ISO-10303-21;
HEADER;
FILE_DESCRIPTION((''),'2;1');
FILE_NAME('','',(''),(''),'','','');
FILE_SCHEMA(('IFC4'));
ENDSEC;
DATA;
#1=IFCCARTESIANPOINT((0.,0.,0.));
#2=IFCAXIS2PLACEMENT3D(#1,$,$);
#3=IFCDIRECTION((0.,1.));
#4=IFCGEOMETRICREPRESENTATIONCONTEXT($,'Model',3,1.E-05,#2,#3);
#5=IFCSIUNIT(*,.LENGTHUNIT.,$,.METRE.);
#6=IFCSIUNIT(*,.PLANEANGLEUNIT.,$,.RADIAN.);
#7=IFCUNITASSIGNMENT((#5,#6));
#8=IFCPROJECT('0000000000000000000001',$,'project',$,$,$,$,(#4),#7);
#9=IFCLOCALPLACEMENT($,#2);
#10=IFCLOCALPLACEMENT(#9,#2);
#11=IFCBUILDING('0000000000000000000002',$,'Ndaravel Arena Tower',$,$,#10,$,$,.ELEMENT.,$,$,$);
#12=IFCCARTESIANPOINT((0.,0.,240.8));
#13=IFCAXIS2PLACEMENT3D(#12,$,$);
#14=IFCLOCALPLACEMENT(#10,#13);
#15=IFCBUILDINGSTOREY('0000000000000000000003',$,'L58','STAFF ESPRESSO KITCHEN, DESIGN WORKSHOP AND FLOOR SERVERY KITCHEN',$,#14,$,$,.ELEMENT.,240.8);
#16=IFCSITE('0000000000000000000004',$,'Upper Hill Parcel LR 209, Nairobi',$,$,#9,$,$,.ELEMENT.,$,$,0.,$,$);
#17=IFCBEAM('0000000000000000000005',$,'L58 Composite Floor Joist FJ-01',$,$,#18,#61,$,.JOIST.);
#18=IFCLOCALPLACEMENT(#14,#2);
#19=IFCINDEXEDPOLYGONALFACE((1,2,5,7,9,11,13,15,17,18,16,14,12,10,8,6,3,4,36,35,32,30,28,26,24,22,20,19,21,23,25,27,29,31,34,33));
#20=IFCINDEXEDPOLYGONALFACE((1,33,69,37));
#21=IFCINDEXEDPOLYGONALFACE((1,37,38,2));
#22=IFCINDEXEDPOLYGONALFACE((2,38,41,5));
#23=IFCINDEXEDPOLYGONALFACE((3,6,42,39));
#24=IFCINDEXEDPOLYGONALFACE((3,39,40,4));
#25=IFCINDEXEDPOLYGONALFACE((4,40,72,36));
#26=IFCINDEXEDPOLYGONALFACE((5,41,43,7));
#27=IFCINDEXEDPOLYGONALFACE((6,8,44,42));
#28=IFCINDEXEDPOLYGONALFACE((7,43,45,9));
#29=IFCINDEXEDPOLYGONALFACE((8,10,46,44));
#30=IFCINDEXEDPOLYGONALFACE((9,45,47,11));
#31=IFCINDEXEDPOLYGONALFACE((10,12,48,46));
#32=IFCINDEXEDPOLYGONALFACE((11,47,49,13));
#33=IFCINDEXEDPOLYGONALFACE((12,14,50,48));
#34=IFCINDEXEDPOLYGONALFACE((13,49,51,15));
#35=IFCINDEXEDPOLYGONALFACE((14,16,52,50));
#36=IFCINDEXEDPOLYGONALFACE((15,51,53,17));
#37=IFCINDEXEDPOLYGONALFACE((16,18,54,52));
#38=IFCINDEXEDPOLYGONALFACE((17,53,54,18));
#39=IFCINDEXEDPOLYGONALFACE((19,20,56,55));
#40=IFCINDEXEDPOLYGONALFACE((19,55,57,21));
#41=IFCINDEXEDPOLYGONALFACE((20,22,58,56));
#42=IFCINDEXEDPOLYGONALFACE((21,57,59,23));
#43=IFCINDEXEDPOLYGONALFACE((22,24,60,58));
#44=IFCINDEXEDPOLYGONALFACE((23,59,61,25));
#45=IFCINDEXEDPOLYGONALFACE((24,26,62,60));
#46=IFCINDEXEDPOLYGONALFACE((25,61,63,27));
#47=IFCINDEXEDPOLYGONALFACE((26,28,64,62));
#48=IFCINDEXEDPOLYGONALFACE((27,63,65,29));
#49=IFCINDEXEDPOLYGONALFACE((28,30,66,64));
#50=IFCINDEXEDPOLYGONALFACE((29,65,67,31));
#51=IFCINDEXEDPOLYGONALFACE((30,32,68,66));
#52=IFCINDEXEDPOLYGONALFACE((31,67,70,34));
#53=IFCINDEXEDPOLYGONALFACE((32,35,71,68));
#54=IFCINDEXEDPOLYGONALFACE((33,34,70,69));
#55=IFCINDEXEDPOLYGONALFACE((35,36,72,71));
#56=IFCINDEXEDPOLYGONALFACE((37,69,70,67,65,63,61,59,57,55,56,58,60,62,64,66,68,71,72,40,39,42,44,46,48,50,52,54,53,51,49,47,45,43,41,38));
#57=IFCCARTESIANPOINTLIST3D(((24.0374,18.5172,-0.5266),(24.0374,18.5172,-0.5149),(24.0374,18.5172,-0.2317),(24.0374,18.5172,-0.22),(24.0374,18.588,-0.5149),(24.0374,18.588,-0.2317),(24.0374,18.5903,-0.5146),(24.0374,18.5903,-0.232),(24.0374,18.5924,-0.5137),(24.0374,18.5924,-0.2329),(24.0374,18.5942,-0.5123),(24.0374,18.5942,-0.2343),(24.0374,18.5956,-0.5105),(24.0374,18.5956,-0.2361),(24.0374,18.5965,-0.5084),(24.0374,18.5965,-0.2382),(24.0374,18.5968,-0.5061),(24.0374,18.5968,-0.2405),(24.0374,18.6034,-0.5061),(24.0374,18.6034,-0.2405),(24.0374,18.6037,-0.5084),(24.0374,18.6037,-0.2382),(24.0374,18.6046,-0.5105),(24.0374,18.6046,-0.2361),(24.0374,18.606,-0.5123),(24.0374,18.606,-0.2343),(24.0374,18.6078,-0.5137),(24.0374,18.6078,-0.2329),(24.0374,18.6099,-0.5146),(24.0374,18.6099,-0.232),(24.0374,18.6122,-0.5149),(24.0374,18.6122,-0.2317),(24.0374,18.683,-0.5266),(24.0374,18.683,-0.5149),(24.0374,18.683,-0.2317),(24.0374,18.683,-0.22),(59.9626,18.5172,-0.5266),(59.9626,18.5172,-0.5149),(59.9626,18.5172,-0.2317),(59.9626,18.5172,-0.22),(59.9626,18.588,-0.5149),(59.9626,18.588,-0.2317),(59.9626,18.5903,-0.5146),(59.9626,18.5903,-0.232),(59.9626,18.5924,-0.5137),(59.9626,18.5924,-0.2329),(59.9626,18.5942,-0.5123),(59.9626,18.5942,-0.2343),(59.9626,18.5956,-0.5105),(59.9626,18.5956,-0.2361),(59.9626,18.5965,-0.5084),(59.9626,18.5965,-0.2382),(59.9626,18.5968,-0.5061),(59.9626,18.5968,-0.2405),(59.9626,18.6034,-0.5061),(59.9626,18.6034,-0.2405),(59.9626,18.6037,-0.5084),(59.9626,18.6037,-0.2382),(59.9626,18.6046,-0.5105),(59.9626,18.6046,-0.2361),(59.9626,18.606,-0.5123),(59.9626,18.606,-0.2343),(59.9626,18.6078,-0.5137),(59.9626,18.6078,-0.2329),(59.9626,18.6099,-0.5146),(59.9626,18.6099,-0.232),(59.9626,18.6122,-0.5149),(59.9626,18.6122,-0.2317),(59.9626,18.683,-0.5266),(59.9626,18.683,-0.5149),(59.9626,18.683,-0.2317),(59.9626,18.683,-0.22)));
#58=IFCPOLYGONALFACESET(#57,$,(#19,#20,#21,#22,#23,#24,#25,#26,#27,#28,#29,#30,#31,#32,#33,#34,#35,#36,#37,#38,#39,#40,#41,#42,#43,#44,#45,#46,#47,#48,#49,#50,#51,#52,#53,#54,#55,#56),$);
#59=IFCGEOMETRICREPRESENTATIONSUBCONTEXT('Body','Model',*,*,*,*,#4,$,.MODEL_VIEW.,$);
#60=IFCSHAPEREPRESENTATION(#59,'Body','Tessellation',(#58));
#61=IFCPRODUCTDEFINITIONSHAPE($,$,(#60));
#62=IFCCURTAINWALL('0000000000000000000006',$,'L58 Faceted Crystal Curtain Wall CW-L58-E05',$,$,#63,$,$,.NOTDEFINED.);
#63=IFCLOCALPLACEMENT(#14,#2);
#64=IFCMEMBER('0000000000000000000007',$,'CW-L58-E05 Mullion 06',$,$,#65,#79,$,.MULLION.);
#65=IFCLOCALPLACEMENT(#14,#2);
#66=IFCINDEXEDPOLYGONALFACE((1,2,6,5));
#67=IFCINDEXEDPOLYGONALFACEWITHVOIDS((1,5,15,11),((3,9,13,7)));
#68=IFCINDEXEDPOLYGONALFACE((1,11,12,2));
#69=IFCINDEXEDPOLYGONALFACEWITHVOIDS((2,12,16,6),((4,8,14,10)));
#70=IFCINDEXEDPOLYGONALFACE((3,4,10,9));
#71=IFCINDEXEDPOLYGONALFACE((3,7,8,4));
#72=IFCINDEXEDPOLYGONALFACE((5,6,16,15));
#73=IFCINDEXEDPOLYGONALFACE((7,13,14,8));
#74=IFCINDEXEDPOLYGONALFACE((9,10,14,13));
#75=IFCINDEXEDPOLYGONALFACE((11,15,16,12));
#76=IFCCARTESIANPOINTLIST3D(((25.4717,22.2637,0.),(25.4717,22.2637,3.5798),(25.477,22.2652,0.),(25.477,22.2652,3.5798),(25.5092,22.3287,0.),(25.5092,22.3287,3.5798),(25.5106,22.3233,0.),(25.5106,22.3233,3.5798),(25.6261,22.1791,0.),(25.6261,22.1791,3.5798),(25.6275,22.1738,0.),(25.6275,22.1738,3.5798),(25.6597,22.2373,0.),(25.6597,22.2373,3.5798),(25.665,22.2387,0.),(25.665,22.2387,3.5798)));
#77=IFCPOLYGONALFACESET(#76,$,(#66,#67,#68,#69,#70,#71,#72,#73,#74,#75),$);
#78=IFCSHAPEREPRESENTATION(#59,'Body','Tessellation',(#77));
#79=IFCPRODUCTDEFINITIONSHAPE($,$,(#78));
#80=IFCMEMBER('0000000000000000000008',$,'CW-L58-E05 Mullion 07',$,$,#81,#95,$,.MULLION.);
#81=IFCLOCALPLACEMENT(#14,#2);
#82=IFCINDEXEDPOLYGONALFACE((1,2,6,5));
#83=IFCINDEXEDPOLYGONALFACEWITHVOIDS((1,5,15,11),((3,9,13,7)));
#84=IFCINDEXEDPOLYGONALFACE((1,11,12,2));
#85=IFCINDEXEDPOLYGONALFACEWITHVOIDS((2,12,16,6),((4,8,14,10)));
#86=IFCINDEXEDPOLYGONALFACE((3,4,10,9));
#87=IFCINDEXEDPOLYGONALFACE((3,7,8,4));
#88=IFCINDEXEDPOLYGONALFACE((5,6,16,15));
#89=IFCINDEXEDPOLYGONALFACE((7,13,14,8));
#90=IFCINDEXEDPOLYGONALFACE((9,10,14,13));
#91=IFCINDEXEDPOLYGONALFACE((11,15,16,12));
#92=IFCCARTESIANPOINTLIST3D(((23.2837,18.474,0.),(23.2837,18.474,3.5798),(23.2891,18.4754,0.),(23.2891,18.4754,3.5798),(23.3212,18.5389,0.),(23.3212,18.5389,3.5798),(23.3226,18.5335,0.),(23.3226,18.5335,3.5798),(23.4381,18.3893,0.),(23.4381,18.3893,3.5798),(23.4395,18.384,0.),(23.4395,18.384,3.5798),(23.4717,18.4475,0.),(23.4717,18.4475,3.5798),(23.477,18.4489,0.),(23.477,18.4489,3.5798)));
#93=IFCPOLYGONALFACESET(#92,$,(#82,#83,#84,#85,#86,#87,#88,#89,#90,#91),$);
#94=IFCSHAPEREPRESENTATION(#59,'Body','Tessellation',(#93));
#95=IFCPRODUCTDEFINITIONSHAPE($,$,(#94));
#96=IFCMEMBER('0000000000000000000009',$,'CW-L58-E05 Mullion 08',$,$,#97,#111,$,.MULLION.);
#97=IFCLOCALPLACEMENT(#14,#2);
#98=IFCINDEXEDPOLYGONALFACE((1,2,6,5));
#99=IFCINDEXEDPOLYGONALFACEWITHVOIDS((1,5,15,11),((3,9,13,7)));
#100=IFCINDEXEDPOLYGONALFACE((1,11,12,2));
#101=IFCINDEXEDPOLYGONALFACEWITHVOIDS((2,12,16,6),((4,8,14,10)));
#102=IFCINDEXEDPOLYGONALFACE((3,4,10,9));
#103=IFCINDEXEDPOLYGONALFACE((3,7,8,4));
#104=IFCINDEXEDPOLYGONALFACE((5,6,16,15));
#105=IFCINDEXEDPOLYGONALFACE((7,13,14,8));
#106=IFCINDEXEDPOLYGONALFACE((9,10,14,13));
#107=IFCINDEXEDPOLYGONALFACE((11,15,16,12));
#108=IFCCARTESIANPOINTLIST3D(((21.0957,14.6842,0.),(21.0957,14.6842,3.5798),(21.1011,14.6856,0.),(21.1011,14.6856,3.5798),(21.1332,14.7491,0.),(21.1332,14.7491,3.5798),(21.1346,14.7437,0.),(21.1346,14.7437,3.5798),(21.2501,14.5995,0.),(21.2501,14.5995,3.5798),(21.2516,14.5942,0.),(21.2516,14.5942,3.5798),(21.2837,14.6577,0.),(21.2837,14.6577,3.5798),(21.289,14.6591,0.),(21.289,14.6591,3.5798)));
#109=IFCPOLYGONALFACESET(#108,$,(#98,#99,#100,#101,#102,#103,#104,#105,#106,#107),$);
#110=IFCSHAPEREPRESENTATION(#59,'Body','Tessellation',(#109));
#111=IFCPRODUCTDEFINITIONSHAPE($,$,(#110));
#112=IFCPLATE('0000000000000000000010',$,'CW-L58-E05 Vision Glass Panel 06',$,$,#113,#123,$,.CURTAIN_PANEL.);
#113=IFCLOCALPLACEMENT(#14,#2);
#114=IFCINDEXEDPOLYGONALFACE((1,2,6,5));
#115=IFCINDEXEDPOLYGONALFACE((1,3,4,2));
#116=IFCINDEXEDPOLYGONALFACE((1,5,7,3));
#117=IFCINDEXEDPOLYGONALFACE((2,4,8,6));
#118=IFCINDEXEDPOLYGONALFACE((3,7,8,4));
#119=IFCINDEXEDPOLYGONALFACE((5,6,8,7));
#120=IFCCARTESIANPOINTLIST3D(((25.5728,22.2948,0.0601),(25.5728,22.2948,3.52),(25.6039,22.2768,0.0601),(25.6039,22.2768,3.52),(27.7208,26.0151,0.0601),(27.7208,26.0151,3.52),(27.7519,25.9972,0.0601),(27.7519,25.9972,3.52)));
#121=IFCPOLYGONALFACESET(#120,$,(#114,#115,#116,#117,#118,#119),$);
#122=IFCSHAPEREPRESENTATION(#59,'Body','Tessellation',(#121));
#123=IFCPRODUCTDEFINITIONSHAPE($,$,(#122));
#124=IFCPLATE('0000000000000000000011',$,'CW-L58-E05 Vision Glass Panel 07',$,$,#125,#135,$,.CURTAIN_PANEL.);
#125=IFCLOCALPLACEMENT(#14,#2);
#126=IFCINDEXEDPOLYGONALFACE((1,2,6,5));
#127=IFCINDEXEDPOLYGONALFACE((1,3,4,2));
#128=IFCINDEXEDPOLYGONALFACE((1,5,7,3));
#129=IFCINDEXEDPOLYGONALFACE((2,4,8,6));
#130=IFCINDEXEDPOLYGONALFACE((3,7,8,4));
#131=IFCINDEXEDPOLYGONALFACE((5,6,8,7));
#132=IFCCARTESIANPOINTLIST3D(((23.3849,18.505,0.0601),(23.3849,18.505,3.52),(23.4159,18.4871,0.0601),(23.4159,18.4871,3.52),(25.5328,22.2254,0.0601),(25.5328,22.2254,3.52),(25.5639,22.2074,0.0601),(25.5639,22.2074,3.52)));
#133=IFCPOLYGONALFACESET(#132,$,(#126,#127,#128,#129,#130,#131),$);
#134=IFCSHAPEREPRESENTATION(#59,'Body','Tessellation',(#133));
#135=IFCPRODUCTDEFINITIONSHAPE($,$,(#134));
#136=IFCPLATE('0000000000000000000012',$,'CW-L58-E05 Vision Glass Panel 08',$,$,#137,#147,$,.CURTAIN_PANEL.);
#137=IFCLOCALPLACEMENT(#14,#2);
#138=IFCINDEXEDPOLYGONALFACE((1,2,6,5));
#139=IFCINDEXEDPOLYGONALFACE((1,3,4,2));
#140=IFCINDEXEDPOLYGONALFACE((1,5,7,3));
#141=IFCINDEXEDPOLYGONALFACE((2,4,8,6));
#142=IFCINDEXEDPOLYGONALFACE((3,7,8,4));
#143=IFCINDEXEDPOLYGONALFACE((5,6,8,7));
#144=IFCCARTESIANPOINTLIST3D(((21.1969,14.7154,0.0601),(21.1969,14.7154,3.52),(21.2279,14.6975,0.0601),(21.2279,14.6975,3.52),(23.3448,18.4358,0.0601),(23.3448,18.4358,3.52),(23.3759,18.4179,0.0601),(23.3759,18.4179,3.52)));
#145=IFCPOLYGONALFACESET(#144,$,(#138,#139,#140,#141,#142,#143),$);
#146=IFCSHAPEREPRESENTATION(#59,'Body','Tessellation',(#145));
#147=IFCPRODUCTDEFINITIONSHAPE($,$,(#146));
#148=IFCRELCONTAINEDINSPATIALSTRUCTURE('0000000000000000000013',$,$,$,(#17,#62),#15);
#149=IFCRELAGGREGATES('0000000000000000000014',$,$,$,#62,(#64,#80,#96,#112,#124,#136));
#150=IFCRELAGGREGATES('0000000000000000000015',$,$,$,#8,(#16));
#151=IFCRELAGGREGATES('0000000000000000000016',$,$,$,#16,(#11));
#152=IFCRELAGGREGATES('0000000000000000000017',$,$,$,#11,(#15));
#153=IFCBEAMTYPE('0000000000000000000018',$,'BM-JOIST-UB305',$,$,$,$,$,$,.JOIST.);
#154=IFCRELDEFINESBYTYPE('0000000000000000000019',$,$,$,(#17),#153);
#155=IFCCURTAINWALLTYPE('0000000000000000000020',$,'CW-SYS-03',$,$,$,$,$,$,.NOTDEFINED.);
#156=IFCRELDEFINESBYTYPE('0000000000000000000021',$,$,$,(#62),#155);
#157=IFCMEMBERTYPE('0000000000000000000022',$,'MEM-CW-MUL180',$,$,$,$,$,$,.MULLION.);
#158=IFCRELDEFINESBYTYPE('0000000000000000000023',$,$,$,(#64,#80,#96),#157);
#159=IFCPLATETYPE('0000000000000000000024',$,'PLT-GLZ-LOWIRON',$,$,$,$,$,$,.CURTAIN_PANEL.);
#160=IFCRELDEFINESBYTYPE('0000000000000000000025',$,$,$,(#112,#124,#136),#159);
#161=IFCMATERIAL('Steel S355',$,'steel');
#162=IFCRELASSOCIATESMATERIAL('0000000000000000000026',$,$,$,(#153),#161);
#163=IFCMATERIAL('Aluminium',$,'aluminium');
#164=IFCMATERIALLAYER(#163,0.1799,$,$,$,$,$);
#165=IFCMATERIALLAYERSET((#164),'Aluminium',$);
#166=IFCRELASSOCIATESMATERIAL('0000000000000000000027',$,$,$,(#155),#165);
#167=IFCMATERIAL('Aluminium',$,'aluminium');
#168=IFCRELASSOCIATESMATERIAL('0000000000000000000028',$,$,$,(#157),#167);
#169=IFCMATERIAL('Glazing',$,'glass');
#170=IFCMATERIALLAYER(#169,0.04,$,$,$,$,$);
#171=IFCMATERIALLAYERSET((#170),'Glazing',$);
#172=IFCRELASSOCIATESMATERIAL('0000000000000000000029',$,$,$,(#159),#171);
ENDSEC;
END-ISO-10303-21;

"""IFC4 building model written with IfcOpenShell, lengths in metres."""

from ifc_helpers import new_model, si_unit, direction, frame, origin, origin_2d, place, context, subcontext, project, spatial, rectangle, hollow_rectangle, i_section, extrude, material, layer, layer_set, material_profile, profile_set, type_object, element, aggregate, save


model = new_model("IFC4")

# Units and contexts
model_context = context("Model", 3, precision=1e-05, world=origin(), true_north=direction((0.0, 1.0)))
body_context = subcontext(model_context, "Body", "Model", "MODEL_VIEW")
ifc_project = project(units=[si_unit("LENGTHUNIT", "METRE"), si_unit("PLANEANGLEUNIT", "RADIAN")], contexts=[model_context])

# Site, building, storey
site_placement = place(None, origin())
site = spatial("IfcSite", under=ifc_project, at=site_placement, Name="Upper Hill Parcel LR 209, Nairobi", CompositionType="ELEMENT", RefElevation=0.0)
building_placement = place(site_placement, origin())
building = spatial("IfcBuilding", under=site, at=building_placement, Name="Ndaravel Arena Tower", CompositionType="ELEMENT")
storey_placement = place(building_placement, frame((0.0, 0.0, 240.8)))
storey = spatial("IfcBuildingStorey", under=building, at=storey_placement, Name="L58", Description="STAFF ESPRESSO KITCHEN, DESIGN WORKSHOP AND FLOOR SERVERY KITCHEN", CompositionType="ELEMENT", Elevation=240.8)

# Beam
ifc_material_1 = material(Name="Steel S355", Category="steel")
ifc_material_profile_1 = material_profile(ifc_material_1, i_section(OverallWidth=0.1658, OverallDepth=0.3066, WebThickness=0.0066, FlangeThickness=0.0117, FilletRadius=0.0088, at=origin_2d()), Name="UB 305x165x46")
ifc_profile_set_1 = profile_set([ifc_material_profile_1], Name="Steel S355")
beam_type = type_object("IfcBeamType", Name="BM-JOIST-UB305", PredefinedType="JOIST", material=ifc_profile_set_1)
beam_placement = place(storey_placement, frame((24.0374, 18.6001, -0.3733), z_axis=(1.0, 0.0, 0.0), x_axis=(0.0, 1.0, 0.0)))
element("IfcBeam", 1, at=beam_placement, inside=storey, type_object=beam_type, Name="L58 Composite Floor Joist FJ-01", PredefinedType="JOIST", context=body_context, shape_type="SweptSolid", body=[
    extrude(i_section(OverallWidth=0.1658, OverallDepth=0.3066, WebThickness=0.0066, FlangeThickness=0.0117, FilletRadius=0.0088, at=origin_2d()), origin(), (0.0, 0.0, 1.0), 35.9253),
])

# Curtain wall, members, plates
ifc_material_2 = material(Name="Aluminium", Category="aluminium")
ifc_layer_1 = layer(ifc_material_2, 0.1799)
ifc_layer_set_1 = layer_set([ifc_layer_1], Name="Aluminium")
curtain_wall_type = type_object("IfcCurtainWallType", Name="CW-SYS-03", PredefinedType="NOTDEFINED", material=ifc_layer_set_1)
curtain_wall_placement = place(storey_placement, origin())
curtain_wall = element("IfcCurtainWall", 2, at=curtain_wall_placement, inside=storey, type_object=curtain_wall_type, Name="L58 Faceted Crystal Curtain Wall CW-L58-E05", PredefinedType="NOTDEFINED")
ifc_material_3 = material(Name="Aluminium", Category="aluminium")
ifc_material_profile_2 = material_profile(ifc_material_3, hollow_rectangle(XDim=0.075, YDim=0.1799, WallThickness=0.0039, at=origin_2d()), Name="CW MULLION 75x180x4")
ifc_profile_set_2 = profile_set([ifc_material_profile_2], Name="Aluminium")
member_type = type_object("IfcMemberType", Name="MEM-CW-MUL180", PredefinedType="MULLION", material=ifc_profile_set_2)
member_1_placement = place(storey_placement, frame((25.5684, 22.2512, 0.0), z_axis=(0.0, 0.0, 1.0), x_axis=(-0.5, -0.866025, 0.0)))
member_1 = element("IfcMember", 3, at=member_1_placement, type_object=member_type, Name="CW-L58-E05 Mullion 06", PredefinedType="MULLION", context=body_context, shape_type="SweptSolid", body=[
    extrude(hollow_rectangle(XDim=0.075, YDim=0.1799, WallThickness=0.0039, at=origin_2d()), origin(), (0.0, 0.0, 1.0), 3.5798),
])
member_2_placement = place(storey_placement, frame((23.3804, 18.4614, 0.0), z_axis=(0.0, 0.0, 1.0), x_axis=(-0.5, -0.866025, 0.0)))
member_2 = element("IfcMember", 4, at=member_2_placement, type_object=member_type, Name="CW-L58-E05 Mullion 07", PredefinedType="MULLION", context=body_context, shape_type="SweptSolid", body=[
    extrude(hollow_rectangle(XDim=0.075, YDim=0.1799, WallThickness=0.0039, at=origin_2d()), origin(), (0.0, 0.0, 1.0), 3.5798),
])
member_3_placement = place(storey_placement, frame((21.1924, 14.6716, 0.0), z_axis=(0.0, 0.0, 1.0), x_axis=(-0.5, -0.866025, 0.0)))
member_3 = element("IfcMember", 5, at=member_3_placement, type_object=member_type, Name="CW-L58-E05 Mullion 08", PredefinedType="MULLION", context=body_context, shape_type="SweptSolid", body=[
    extrude(hollow_rectangle(XDim=0.075, YDim=0.1799, WallThickness=0.0039, at=origin_2d()), origin(), (0.0, 0.0, 1.0), 3.5798),
])
ifc_material_4 = material(Name="Glazing", Category="glass")
ifc_layer_2 = layer(ifc_material_4, 0.04)
ifc_layer_set_2 = layer_set([ifc_layer_2], Name="Glazing")
plate_type = type_object("IfcPlateType", Name="PLT-GLZ-LOWIRON", PredefinedType="CURTAIN_PANEL", material=ifc_layer_set_2)
plate_1_placement = place(storey_placement, frame((26.6624, 24.146, 0.0601), z_axis=(0.0, 0.0, 1.0), x_axis=(-0.5, -0.866025, 0.0)))
plate_1 = element("IfcPlate", 6, at=plate_1_placement, type_object=plate_type, Name="CW-L58-E05 Vision Glass Panel 06", PredefinedType="CURTAIN_PANEL", context=body_context, shape_type="SweptSolid", body=[
    extrude(rectangle(XDim=4.2959, YDim=0.0359, at=origin_2d()), origin(), (0.0, 0.0, 1.0), 3.46),
])
plate_2_placement = place(storey_placement, frame((24.4744, 20.3562, 0.0601), z_axis=(0.0, 0.0, 1.0), x_axis=(-0.5, -0.866025, 0.0)))
plate_2 = element("IfcPlate", 7, at=plate_2_placement, type_object=plate_type, Name="CW-L58-E05 Vision Glass Panel 07", PredefinedType="CURTAIN_PANEL", context=body_context, shape_type="SweptSolid", body=[
    extrude(rectangle(XDim=4.2959, YDim=0.0359, at=origin_2d()), origin(), (0.0, 0.0, 1.0), 3.46),
])
plate_3_placement = place(storey_placement, frame((22.2864, 16.5667, 0.0601), z_axis=(0.0, 0.0, 1.0), x_axis=(-0.5, -0.866025, 0.0)))
plate_3 = element("IfcPlate", 8, at=plate_3_placement, type_object=plate_type, Name="CW-L58-E05 Vision Glass Panel 08", PredefinedType="CURTAIN_PANEL", context=body_context, shape_type="SweptSolid", body=[
    extrude(rectangle(XDim=4.2959, YDim=0.0359, at=origin_2d()), origin(), (0.0, 0.0, 1.0), 3.46),
])
aggregate(curtain_wall, [member_1, member_2, member_3, plate_1, plate_2, plate_3])

save(model, "model.ifc")
